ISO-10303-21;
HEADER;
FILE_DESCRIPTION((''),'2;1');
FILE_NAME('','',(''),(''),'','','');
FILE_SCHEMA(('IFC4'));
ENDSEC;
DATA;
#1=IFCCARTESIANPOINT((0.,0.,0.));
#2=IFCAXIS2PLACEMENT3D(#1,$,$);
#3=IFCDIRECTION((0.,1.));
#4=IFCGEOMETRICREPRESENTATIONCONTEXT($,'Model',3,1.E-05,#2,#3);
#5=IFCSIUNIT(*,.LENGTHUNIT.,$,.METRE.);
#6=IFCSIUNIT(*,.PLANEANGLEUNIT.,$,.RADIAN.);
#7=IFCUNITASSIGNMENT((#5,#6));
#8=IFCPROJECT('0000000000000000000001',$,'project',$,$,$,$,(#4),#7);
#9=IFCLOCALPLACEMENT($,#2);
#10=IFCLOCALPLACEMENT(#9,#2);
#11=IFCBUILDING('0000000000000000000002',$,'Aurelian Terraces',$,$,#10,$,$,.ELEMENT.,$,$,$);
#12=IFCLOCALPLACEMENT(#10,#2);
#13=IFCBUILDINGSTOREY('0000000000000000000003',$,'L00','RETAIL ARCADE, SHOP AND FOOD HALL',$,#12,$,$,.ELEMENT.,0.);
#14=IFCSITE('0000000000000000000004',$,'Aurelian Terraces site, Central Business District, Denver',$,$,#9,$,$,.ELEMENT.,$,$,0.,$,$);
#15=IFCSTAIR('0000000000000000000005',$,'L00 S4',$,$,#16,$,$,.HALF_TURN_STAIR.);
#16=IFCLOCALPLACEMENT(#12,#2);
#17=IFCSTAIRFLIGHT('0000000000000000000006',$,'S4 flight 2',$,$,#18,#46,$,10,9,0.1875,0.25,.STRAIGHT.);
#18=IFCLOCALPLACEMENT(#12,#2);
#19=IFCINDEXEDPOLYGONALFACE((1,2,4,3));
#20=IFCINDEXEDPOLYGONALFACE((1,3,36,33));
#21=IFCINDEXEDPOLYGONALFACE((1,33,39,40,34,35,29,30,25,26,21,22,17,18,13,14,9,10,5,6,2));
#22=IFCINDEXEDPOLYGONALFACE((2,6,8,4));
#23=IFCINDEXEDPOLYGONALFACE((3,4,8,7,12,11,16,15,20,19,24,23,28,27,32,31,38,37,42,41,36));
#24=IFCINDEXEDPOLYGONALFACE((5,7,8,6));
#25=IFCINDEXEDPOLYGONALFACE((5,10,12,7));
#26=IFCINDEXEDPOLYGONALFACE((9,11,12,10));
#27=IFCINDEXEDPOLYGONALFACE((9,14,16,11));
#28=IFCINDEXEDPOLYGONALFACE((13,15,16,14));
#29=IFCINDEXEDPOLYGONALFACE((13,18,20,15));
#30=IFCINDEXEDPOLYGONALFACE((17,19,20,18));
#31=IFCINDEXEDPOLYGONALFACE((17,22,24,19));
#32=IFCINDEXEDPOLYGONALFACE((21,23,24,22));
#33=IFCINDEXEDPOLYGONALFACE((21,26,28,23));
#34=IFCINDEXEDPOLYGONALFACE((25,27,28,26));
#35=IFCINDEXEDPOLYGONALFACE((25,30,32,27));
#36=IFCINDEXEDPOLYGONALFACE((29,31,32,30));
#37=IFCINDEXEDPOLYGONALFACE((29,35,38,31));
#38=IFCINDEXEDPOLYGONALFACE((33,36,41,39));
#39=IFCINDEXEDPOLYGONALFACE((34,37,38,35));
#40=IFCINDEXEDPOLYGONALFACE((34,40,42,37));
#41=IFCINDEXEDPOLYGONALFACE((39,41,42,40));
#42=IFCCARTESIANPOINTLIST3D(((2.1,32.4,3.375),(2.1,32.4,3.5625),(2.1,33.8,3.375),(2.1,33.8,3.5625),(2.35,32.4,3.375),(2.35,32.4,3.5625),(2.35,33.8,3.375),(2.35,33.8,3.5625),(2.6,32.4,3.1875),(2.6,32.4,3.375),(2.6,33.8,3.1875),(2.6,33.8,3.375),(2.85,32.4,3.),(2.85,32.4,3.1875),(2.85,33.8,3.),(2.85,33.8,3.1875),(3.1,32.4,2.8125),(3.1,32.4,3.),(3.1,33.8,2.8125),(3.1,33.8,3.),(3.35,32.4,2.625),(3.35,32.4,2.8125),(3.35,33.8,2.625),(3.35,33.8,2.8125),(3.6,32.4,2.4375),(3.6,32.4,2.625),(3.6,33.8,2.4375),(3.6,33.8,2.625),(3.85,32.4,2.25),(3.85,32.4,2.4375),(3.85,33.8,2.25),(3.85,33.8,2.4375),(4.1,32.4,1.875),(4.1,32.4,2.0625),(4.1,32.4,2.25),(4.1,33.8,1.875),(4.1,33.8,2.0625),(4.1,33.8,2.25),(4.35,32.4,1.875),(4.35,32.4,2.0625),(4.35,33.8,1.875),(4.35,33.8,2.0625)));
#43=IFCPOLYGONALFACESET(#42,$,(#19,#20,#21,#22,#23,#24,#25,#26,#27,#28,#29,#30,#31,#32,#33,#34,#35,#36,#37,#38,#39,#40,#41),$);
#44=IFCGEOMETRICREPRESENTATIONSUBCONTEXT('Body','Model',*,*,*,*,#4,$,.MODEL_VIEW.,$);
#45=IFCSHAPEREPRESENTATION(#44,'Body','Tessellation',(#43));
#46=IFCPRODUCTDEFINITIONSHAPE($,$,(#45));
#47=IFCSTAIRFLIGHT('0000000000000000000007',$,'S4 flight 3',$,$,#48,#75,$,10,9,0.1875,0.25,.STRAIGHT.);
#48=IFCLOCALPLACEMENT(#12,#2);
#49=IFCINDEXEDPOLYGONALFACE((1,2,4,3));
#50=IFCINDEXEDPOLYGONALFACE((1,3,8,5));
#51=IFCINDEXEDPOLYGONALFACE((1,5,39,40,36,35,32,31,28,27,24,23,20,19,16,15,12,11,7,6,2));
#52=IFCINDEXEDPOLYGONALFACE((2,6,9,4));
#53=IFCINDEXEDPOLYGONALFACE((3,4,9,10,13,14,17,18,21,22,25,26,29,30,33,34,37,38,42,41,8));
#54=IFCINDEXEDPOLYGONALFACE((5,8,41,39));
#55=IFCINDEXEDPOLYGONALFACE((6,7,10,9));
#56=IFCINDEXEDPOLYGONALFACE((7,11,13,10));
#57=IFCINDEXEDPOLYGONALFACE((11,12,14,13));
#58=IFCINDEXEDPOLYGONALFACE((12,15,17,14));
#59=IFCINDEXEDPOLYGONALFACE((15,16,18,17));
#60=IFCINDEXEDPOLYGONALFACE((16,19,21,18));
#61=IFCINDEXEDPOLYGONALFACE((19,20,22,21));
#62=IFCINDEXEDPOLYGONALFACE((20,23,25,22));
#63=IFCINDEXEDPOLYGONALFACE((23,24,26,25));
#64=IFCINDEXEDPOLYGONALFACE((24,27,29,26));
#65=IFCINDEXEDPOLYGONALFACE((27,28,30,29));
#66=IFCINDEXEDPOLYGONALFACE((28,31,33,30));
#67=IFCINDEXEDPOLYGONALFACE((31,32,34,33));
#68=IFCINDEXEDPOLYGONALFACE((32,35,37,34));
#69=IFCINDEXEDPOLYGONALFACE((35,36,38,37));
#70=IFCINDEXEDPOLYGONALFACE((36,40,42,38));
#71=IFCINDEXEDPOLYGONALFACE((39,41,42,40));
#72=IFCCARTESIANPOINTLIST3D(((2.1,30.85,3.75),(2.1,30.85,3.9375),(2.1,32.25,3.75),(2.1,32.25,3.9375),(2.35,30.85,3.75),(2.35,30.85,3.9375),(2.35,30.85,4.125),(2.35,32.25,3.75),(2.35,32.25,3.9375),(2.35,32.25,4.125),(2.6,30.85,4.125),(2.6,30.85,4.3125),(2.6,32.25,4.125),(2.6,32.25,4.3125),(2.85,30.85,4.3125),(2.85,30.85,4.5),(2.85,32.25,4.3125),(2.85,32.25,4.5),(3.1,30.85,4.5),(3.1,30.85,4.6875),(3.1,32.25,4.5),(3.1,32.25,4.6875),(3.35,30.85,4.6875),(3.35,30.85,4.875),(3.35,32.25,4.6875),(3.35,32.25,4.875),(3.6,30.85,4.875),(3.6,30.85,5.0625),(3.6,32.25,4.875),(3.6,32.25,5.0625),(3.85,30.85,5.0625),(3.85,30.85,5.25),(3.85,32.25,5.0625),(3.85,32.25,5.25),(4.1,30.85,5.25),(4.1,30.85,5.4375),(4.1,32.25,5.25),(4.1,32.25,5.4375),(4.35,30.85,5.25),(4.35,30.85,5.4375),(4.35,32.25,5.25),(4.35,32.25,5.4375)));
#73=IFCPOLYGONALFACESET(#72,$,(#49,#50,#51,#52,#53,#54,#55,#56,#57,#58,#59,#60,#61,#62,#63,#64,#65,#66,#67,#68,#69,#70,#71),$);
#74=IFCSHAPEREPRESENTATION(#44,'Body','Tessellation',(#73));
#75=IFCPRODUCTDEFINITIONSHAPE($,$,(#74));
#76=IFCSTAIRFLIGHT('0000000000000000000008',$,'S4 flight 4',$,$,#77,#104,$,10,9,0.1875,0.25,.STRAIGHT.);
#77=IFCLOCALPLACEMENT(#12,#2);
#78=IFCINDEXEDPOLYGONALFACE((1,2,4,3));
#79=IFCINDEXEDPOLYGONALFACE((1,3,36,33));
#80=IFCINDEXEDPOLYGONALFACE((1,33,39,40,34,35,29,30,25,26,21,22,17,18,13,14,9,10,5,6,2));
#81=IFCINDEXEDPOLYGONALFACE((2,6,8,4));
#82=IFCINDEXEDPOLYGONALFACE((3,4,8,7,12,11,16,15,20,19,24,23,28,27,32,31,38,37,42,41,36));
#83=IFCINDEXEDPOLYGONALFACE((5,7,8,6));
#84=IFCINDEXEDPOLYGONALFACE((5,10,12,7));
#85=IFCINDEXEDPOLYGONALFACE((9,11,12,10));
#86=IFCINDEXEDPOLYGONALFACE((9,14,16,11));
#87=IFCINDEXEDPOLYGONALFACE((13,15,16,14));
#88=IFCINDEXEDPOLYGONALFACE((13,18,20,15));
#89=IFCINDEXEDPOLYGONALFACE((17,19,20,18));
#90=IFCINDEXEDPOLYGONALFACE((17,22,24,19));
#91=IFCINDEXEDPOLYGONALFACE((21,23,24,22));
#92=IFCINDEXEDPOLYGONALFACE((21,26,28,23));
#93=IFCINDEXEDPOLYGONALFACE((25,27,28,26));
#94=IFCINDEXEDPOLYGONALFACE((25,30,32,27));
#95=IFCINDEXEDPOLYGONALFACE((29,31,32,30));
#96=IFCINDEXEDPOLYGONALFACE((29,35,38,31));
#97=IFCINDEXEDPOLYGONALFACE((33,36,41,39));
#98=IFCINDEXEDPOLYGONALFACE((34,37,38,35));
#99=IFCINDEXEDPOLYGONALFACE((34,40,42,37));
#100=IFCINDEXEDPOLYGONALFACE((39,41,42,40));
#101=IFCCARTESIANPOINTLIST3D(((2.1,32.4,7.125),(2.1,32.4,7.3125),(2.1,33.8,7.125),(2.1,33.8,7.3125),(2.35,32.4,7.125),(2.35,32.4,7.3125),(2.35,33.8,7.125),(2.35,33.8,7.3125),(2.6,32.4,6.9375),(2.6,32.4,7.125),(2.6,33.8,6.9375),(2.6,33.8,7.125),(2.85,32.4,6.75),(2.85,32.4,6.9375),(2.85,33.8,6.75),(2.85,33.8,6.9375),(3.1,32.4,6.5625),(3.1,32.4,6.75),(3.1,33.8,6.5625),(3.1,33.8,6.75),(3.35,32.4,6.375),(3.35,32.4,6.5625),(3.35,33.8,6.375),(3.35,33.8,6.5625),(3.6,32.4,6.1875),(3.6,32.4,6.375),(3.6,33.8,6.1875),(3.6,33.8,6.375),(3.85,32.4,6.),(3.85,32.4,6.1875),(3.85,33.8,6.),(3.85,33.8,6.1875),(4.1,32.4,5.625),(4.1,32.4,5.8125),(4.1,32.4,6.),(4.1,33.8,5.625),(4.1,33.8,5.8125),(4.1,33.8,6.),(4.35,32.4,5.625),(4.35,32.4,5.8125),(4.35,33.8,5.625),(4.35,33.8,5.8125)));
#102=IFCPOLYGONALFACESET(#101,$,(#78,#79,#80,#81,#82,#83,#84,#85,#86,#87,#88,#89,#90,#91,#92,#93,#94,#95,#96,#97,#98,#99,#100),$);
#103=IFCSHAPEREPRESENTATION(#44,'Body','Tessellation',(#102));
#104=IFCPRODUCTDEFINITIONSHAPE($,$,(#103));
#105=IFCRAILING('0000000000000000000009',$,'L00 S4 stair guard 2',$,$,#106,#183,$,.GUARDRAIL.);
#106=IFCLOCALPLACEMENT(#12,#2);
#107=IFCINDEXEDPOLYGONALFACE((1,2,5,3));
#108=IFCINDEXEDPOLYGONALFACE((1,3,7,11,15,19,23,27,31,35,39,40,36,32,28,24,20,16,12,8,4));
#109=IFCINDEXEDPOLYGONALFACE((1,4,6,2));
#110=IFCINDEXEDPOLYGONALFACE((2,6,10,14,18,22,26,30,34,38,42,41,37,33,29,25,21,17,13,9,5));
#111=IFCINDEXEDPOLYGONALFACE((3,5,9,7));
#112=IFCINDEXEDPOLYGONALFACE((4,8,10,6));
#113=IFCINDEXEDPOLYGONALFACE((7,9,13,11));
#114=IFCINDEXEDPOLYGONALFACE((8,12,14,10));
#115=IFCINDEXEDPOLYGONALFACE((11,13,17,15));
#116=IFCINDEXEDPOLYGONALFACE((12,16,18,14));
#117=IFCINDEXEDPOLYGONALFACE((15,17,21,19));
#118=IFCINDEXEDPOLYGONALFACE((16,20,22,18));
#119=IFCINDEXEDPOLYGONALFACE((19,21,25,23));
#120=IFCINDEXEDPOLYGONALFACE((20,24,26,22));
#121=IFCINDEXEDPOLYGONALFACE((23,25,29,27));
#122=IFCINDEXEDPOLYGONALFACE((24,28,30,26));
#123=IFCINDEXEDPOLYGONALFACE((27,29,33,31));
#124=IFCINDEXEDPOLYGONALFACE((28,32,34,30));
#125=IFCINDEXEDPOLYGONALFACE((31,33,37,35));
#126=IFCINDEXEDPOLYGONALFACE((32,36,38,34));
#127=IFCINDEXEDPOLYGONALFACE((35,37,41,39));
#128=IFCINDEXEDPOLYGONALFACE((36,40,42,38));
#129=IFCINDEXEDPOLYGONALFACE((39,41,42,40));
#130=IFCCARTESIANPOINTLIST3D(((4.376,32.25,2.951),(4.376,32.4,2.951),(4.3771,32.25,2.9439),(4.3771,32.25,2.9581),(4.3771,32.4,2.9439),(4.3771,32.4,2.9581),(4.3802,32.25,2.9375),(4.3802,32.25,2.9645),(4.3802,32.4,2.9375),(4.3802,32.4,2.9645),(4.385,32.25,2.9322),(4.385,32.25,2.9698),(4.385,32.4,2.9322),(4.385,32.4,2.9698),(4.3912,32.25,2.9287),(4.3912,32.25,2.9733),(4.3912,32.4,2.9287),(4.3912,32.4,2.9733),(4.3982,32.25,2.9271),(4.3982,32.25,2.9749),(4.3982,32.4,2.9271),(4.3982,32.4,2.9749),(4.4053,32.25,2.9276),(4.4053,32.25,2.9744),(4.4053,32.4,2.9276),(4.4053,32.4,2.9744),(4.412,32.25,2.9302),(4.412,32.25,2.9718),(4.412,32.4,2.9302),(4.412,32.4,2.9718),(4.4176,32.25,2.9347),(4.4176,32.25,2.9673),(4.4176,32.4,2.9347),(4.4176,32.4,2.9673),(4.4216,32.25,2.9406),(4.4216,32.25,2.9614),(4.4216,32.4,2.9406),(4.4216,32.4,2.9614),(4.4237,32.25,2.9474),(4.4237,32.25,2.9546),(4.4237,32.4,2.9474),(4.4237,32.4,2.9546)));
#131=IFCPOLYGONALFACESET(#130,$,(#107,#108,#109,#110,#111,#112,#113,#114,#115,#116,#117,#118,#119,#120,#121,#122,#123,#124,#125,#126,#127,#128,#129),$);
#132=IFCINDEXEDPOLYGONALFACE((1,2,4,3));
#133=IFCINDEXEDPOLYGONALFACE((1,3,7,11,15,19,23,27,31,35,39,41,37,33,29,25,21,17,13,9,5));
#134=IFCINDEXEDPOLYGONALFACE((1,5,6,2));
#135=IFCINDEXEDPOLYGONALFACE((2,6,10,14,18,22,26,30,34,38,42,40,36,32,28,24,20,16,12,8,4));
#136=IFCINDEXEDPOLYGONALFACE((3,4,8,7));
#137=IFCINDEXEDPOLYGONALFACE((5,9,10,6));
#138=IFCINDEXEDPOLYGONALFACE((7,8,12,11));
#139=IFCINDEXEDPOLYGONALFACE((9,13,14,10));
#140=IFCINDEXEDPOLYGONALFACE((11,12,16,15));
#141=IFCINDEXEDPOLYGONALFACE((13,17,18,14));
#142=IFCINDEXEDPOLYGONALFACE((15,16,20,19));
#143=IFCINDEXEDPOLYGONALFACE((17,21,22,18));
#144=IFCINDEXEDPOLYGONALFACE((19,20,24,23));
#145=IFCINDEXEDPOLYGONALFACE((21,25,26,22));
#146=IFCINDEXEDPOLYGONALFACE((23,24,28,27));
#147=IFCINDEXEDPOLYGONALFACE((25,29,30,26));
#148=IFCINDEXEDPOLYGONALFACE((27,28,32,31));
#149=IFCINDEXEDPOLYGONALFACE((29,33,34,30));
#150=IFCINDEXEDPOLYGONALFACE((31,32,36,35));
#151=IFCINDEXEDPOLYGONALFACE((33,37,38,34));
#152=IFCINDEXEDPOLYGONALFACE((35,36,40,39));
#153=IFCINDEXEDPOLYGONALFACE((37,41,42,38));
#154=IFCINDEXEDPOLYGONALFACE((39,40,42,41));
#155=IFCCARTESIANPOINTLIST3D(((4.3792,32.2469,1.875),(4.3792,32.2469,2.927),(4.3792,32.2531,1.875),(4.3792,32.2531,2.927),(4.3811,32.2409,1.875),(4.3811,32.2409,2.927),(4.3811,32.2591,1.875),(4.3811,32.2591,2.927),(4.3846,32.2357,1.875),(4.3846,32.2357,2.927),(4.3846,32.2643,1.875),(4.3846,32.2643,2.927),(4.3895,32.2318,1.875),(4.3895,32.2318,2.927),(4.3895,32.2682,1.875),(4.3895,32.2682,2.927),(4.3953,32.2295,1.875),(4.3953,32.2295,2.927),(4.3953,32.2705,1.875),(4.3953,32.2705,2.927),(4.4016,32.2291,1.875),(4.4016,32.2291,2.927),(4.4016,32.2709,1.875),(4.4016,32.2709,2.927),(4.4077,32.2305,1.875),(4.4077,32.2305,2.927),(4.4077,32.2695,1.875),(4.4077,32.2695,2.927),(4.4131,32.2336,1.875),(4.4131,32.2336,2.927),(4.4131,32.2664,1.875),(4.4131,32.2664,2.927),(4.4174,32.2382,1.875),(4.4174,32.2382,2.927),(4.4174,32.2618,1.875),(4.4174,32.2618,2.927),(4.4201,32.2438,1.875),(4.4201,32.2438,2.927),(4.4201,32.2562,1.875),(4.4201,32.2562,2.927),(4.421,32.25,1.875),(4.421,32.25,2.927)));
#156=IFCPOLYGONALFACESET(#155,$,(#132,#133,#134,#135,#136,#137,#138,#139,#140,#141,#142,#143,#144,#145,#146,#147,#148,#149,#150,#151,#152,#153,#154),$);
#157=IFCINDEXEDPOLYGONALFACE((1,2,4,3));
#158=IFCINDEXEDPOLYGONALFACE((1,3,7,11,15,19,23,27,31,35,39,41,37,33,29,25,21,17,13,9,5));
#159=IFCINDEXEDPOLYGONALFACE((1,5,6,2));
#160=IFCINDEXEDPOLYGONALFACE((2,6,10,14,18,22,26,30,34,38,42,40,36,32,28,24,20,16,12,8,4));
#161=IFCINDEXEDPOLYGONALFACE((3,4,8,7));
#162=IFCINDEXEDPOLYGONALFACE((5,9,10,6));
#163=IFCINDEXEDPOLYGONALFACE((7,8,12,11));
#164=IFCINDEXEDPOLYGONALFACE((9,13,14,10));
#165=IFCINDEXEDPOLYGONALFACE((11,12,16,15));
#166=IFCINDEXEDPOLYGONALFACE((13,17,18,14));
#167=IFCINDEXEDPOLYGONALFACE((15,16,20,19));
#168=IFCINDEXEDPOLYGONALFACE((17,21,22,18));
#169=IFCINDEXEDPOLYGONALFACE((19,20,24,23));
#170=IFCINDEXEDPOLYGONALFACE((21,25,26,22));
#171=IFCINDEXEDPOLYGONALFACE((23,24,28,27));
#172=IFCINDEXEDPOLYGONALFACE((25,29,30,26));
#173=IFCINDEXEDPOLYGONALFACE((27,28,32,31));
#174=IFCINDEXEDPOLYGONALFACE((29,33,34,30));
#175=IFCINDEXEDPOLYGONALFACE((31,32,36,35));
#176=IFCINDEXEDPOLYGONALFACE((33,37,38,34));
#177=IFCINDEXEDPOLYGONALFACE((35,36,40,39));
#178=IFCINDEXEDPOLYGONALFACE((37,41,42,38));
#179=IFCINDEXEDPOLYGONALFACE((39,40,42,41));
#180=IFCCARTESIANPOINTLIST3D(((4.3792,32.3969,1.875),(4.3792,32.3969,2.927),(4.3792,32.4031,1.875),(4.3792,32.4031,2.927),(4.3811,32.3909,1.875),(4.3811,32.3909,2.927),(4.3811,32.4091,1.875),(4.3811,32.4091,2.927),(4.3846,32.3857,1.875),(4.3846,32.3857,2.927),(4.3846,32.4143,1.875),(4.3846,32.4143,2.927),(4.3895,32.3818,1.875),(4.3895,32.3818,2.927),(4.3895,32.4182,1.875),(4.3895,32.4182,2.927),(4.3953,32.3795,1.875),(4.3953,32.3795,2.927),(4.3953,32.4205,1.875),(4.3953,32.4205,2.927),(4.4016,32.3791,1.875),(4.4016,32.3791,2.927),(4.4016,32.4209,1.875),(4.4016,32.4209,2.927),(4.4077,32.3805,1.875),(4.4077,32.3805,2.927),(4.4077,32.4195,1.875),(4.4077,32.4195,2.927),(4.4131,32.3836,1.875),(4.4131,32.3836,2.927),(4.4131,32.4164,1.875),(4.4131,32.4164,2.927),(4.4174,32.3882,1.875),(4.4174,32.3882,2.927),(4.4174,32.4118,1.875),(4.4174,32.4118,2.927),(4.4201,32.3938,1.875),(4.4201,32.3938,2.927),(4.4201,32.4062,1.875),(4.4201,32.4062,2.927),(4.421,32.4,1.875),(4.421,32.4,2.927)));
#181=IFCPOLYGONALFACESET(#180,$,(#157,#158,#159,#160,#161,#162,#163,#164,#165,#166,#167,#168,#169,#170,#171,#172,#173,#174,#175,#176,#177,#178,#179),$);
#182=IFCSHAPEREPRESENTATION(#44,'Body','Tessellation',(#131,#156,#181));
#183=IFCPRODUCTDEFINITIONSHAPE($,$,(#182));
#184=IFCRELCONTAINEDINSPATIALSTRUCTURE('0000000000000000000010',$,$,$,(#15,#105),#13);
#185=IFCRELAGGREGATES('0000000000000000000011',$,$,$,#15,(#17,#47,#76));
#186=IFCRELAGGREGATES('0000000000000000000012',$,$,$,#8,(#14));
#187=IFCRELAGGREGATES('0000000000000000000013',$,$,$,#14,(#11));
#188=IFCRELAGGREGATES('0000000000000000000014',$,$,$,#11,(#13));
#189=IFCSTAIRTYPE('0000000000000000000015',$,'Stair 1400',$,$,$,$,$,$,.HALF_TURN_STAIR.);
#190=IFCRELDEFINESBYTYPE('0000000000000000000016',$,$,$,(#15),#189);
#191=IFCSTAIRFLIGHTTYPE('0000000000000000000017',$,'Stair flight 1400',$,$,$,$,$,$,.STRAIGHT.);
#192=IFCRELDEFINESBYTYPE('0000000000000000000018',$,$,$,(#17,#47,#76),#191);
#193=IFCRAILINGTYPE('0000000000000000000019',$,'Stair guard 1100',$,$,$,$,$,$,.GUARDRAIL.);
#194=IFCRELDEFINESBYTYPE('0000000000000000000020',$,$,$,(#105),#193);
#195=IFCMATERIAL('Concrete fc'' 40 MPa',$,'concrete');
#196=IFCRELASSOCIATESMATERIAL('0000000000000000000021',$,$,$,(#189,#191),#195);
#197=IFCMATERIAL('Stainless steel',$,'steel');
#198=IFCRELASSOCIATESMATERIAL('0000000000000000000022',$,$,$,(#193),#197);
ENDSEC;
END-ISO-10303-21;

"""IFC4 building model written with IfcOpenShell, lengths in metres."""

from ifc_helpers import new_model, si_unit, direction, frame, origin, origin_2d, place, context, subcontext, project, spatial, polyline, circle, outline, extrude, source, transform, mapped, material, type_object, element, aggregate, save


model = new_model("IFC4")

# Units and contexts
model_context = context("Model", 3, precision=1e-05, world=origin(), true_north=direction((0.0, 1.0)))
body_context = subcontext(model_context, "Body", "Model", "MODEL_VIEW")
ifc_project = project(units=[si_unit("LENGTHUNIT", "METRE"), si_unit("PLANEANGLEUNIT", "RADIAN")], contexts=[model_context])

# Site, building, storey
site_placement = place(None, origin())
site = spatial("IfcSite", under=ifc_project, at=site_placement, Name="Aurelian Terraces site, Central Business District, Denver", CompositionType="ELEMENT", RefElevation=0.0)
building_placement = place(site_placement, origin())
building = spatial("IfcBuilding", under=site, at=building_placement, Name="Aurelian Terraces", CompositionType="ELEMENT")
storey_placement = place(building_placement, origin())
storey = spatial("IfcBuildingStorey", under=building, at=storey_placement, Name="L00", Description="RETAIL ARCADE, SHOP AND FOOD HALL", CompositionType="ELEMENT", Elevation=0.0)

# Shared definitions
ifc_material_1 = material(Name="Concrete fc' 40 MPa", Category="concrete")

# Stair, stair flights
stair_type = type_object("IfcStairType", Name="Stair 1400", PredefinedType="HALF_TURN_STAIR", material=ifc_material_1)
stair_placement = place(storey_placement, origin())
stair = element("IfcStair", 1, at=stair_placement, inside=storey, type_object=stair_type, Name="L00 S4", PredefinedType="HALF_TURN_STAIR")
stair_flight_type = type_object("IfcStairFlightType", Name="Stair flight 1400", PredefinedType="STRAIGHT", material=ifc_material_1)
shared_shape_1 = source(origin(), body_context, "Body", "SweptSolid", [
    extrude(outline(polyline([(0.0, 0.0), (0.0, 0.1875), (0.25, 0.1875), (0.25, 0.375), (0.5, 0.375), (0.5, 0.5625), (0.75, 0.5625), (0.75, 0.75), (1.0, 0.75), (1.0, 0.9375), (1.25, 0.9375), (1.25, 1.125), (1.5, 1.125), (1.5, 1.3125), (1.75, 1.3125), (1.75, 1.5), (2.0, 1.5), (2.0, 1.6875), (2.25, 1.6875), (2.25, 1.875), (2.25, 1.5), (0.25, 0.0), (0.0, 0.0)])), frame((0.0, 0.7, 0.0), z_axis=(0.0, -1.0, 0.0), x_axis=(1.0, 0.0, 0.0)), (0.0, 0.0, 1.0), 1.4),
])
stair_flight_1_placement = place(storey_placement, frame((4.35, 33.1, 1.875), z_axis=(0.0, 0.0, 1.0), x_axis=(-1.0, 0.0, 0.0)))
stair_flight_1 = element("IfcStairFlight", 2, at=stair_flight_1_placement, type_object=stair_flight_type, Name="S4 flight 2", NumberOfRisers=10, NumberOfTreads=9, PredefinedType="STRAIGHT", RiserHeight=0.1875, TreadLength=0.25, context=body_context, shape_type="MappedRepresentation", body=[
    mapped(shared_shape_1, transform((0.0, 0.0, 0.0), scale=1.0)),
])
stair_flight_2_placement = place(storey_placement, frame((2.1, 31.55, 3.75), z_axis=(0.0, 0.0, 1.0), x_axis=(1.0, 0.0, 0.0)))
stair_flight_2 = element("IfcStairFlight", 3, at=stair_flight_2_placement, type_object=stair_flight_type, Name="S4 flight 3", NumberOfRisers=10, NumberOfTreads=9, PredefinedType="STRAIGHT", RiserHeight=0.1875, TreadLength=0.25, context=body_context, shape_type="MappedRepresentation", body=[
    mapped(shared_shape_1, transform((0.0, 0.0, 0.0), scale=1.0)),
])
stair_flight_3_placement = place(storey_placement, frame((4.35, 33.1, 5.625), z_axis=(0.0, 0.0, 1.0), x_axis=(-1.0, 0.0, 0.0)))
stair_flight_3 = element("IfcStairFlight", 4, at=stair_flight_3_placement, type_object=stair_flight_type, Name="S4 flight 4", NumberOfRisers=10, NumberOfTreads=9, PredefinedType="STRAIGHT", RiserHeight=0.1875, TreadLength=0.25, context=body_context, shape_type="MappedRepresentation", body=[
    mapped(shared_shape_1, transform((0.0, 0.0, 0.0), scale=1.0)),
])
aggregate(stair, [stair_flight_1, stair_flight_2, stair_flight_3])

# Railing
ifc_material_2 = material(Name="Stainless steel", Category="steel")
railing_type_1 = type_object("IfcRailingType", Name="Stair guard 1100", PredefinedType="GUARDRAIL", material=ifc_material_2)
shared_shape_2 = source(origin(), body_context, "Body", "SweptSolid", [
    extrude(circle(Radius=0.024, at=origin_2d()), frame((0.0, 0.0, 1.076), z_axis=(0.0, 1.0, 0.0), x_axis=(-1.0, 0.0, 0.0)), (0.0, 0.0, 1.0), 0.15),
    extrude(circle(Radius=0.021, at=origin_2d()), origin(), (0.0, 0.0, 1.0), 1.052),
    extrude(circle(Radius=0.021, at=origin_2d()), frame((0.0, 0.15, 0.0)), (0.0, 0.0, 1.0), 1.052),
])
for number, where, name in (
    (5, (4.4, 32.25, 1.875), "L00 S4 stair guard 2"),
):
    element("IfcRailing", number, at=place(storey_placement, frame(where)), inside=storey, type_object=railing_type_1, Name=name, PredefinedType="GUARDRAIL", context=body_context, shape_type="MappedRepresentation", body=[
        mapped(shared_shape_2, transform((0.0, 0.0, 0.0), scale=1.0)),
    ])

save(model, "model.ifc")
